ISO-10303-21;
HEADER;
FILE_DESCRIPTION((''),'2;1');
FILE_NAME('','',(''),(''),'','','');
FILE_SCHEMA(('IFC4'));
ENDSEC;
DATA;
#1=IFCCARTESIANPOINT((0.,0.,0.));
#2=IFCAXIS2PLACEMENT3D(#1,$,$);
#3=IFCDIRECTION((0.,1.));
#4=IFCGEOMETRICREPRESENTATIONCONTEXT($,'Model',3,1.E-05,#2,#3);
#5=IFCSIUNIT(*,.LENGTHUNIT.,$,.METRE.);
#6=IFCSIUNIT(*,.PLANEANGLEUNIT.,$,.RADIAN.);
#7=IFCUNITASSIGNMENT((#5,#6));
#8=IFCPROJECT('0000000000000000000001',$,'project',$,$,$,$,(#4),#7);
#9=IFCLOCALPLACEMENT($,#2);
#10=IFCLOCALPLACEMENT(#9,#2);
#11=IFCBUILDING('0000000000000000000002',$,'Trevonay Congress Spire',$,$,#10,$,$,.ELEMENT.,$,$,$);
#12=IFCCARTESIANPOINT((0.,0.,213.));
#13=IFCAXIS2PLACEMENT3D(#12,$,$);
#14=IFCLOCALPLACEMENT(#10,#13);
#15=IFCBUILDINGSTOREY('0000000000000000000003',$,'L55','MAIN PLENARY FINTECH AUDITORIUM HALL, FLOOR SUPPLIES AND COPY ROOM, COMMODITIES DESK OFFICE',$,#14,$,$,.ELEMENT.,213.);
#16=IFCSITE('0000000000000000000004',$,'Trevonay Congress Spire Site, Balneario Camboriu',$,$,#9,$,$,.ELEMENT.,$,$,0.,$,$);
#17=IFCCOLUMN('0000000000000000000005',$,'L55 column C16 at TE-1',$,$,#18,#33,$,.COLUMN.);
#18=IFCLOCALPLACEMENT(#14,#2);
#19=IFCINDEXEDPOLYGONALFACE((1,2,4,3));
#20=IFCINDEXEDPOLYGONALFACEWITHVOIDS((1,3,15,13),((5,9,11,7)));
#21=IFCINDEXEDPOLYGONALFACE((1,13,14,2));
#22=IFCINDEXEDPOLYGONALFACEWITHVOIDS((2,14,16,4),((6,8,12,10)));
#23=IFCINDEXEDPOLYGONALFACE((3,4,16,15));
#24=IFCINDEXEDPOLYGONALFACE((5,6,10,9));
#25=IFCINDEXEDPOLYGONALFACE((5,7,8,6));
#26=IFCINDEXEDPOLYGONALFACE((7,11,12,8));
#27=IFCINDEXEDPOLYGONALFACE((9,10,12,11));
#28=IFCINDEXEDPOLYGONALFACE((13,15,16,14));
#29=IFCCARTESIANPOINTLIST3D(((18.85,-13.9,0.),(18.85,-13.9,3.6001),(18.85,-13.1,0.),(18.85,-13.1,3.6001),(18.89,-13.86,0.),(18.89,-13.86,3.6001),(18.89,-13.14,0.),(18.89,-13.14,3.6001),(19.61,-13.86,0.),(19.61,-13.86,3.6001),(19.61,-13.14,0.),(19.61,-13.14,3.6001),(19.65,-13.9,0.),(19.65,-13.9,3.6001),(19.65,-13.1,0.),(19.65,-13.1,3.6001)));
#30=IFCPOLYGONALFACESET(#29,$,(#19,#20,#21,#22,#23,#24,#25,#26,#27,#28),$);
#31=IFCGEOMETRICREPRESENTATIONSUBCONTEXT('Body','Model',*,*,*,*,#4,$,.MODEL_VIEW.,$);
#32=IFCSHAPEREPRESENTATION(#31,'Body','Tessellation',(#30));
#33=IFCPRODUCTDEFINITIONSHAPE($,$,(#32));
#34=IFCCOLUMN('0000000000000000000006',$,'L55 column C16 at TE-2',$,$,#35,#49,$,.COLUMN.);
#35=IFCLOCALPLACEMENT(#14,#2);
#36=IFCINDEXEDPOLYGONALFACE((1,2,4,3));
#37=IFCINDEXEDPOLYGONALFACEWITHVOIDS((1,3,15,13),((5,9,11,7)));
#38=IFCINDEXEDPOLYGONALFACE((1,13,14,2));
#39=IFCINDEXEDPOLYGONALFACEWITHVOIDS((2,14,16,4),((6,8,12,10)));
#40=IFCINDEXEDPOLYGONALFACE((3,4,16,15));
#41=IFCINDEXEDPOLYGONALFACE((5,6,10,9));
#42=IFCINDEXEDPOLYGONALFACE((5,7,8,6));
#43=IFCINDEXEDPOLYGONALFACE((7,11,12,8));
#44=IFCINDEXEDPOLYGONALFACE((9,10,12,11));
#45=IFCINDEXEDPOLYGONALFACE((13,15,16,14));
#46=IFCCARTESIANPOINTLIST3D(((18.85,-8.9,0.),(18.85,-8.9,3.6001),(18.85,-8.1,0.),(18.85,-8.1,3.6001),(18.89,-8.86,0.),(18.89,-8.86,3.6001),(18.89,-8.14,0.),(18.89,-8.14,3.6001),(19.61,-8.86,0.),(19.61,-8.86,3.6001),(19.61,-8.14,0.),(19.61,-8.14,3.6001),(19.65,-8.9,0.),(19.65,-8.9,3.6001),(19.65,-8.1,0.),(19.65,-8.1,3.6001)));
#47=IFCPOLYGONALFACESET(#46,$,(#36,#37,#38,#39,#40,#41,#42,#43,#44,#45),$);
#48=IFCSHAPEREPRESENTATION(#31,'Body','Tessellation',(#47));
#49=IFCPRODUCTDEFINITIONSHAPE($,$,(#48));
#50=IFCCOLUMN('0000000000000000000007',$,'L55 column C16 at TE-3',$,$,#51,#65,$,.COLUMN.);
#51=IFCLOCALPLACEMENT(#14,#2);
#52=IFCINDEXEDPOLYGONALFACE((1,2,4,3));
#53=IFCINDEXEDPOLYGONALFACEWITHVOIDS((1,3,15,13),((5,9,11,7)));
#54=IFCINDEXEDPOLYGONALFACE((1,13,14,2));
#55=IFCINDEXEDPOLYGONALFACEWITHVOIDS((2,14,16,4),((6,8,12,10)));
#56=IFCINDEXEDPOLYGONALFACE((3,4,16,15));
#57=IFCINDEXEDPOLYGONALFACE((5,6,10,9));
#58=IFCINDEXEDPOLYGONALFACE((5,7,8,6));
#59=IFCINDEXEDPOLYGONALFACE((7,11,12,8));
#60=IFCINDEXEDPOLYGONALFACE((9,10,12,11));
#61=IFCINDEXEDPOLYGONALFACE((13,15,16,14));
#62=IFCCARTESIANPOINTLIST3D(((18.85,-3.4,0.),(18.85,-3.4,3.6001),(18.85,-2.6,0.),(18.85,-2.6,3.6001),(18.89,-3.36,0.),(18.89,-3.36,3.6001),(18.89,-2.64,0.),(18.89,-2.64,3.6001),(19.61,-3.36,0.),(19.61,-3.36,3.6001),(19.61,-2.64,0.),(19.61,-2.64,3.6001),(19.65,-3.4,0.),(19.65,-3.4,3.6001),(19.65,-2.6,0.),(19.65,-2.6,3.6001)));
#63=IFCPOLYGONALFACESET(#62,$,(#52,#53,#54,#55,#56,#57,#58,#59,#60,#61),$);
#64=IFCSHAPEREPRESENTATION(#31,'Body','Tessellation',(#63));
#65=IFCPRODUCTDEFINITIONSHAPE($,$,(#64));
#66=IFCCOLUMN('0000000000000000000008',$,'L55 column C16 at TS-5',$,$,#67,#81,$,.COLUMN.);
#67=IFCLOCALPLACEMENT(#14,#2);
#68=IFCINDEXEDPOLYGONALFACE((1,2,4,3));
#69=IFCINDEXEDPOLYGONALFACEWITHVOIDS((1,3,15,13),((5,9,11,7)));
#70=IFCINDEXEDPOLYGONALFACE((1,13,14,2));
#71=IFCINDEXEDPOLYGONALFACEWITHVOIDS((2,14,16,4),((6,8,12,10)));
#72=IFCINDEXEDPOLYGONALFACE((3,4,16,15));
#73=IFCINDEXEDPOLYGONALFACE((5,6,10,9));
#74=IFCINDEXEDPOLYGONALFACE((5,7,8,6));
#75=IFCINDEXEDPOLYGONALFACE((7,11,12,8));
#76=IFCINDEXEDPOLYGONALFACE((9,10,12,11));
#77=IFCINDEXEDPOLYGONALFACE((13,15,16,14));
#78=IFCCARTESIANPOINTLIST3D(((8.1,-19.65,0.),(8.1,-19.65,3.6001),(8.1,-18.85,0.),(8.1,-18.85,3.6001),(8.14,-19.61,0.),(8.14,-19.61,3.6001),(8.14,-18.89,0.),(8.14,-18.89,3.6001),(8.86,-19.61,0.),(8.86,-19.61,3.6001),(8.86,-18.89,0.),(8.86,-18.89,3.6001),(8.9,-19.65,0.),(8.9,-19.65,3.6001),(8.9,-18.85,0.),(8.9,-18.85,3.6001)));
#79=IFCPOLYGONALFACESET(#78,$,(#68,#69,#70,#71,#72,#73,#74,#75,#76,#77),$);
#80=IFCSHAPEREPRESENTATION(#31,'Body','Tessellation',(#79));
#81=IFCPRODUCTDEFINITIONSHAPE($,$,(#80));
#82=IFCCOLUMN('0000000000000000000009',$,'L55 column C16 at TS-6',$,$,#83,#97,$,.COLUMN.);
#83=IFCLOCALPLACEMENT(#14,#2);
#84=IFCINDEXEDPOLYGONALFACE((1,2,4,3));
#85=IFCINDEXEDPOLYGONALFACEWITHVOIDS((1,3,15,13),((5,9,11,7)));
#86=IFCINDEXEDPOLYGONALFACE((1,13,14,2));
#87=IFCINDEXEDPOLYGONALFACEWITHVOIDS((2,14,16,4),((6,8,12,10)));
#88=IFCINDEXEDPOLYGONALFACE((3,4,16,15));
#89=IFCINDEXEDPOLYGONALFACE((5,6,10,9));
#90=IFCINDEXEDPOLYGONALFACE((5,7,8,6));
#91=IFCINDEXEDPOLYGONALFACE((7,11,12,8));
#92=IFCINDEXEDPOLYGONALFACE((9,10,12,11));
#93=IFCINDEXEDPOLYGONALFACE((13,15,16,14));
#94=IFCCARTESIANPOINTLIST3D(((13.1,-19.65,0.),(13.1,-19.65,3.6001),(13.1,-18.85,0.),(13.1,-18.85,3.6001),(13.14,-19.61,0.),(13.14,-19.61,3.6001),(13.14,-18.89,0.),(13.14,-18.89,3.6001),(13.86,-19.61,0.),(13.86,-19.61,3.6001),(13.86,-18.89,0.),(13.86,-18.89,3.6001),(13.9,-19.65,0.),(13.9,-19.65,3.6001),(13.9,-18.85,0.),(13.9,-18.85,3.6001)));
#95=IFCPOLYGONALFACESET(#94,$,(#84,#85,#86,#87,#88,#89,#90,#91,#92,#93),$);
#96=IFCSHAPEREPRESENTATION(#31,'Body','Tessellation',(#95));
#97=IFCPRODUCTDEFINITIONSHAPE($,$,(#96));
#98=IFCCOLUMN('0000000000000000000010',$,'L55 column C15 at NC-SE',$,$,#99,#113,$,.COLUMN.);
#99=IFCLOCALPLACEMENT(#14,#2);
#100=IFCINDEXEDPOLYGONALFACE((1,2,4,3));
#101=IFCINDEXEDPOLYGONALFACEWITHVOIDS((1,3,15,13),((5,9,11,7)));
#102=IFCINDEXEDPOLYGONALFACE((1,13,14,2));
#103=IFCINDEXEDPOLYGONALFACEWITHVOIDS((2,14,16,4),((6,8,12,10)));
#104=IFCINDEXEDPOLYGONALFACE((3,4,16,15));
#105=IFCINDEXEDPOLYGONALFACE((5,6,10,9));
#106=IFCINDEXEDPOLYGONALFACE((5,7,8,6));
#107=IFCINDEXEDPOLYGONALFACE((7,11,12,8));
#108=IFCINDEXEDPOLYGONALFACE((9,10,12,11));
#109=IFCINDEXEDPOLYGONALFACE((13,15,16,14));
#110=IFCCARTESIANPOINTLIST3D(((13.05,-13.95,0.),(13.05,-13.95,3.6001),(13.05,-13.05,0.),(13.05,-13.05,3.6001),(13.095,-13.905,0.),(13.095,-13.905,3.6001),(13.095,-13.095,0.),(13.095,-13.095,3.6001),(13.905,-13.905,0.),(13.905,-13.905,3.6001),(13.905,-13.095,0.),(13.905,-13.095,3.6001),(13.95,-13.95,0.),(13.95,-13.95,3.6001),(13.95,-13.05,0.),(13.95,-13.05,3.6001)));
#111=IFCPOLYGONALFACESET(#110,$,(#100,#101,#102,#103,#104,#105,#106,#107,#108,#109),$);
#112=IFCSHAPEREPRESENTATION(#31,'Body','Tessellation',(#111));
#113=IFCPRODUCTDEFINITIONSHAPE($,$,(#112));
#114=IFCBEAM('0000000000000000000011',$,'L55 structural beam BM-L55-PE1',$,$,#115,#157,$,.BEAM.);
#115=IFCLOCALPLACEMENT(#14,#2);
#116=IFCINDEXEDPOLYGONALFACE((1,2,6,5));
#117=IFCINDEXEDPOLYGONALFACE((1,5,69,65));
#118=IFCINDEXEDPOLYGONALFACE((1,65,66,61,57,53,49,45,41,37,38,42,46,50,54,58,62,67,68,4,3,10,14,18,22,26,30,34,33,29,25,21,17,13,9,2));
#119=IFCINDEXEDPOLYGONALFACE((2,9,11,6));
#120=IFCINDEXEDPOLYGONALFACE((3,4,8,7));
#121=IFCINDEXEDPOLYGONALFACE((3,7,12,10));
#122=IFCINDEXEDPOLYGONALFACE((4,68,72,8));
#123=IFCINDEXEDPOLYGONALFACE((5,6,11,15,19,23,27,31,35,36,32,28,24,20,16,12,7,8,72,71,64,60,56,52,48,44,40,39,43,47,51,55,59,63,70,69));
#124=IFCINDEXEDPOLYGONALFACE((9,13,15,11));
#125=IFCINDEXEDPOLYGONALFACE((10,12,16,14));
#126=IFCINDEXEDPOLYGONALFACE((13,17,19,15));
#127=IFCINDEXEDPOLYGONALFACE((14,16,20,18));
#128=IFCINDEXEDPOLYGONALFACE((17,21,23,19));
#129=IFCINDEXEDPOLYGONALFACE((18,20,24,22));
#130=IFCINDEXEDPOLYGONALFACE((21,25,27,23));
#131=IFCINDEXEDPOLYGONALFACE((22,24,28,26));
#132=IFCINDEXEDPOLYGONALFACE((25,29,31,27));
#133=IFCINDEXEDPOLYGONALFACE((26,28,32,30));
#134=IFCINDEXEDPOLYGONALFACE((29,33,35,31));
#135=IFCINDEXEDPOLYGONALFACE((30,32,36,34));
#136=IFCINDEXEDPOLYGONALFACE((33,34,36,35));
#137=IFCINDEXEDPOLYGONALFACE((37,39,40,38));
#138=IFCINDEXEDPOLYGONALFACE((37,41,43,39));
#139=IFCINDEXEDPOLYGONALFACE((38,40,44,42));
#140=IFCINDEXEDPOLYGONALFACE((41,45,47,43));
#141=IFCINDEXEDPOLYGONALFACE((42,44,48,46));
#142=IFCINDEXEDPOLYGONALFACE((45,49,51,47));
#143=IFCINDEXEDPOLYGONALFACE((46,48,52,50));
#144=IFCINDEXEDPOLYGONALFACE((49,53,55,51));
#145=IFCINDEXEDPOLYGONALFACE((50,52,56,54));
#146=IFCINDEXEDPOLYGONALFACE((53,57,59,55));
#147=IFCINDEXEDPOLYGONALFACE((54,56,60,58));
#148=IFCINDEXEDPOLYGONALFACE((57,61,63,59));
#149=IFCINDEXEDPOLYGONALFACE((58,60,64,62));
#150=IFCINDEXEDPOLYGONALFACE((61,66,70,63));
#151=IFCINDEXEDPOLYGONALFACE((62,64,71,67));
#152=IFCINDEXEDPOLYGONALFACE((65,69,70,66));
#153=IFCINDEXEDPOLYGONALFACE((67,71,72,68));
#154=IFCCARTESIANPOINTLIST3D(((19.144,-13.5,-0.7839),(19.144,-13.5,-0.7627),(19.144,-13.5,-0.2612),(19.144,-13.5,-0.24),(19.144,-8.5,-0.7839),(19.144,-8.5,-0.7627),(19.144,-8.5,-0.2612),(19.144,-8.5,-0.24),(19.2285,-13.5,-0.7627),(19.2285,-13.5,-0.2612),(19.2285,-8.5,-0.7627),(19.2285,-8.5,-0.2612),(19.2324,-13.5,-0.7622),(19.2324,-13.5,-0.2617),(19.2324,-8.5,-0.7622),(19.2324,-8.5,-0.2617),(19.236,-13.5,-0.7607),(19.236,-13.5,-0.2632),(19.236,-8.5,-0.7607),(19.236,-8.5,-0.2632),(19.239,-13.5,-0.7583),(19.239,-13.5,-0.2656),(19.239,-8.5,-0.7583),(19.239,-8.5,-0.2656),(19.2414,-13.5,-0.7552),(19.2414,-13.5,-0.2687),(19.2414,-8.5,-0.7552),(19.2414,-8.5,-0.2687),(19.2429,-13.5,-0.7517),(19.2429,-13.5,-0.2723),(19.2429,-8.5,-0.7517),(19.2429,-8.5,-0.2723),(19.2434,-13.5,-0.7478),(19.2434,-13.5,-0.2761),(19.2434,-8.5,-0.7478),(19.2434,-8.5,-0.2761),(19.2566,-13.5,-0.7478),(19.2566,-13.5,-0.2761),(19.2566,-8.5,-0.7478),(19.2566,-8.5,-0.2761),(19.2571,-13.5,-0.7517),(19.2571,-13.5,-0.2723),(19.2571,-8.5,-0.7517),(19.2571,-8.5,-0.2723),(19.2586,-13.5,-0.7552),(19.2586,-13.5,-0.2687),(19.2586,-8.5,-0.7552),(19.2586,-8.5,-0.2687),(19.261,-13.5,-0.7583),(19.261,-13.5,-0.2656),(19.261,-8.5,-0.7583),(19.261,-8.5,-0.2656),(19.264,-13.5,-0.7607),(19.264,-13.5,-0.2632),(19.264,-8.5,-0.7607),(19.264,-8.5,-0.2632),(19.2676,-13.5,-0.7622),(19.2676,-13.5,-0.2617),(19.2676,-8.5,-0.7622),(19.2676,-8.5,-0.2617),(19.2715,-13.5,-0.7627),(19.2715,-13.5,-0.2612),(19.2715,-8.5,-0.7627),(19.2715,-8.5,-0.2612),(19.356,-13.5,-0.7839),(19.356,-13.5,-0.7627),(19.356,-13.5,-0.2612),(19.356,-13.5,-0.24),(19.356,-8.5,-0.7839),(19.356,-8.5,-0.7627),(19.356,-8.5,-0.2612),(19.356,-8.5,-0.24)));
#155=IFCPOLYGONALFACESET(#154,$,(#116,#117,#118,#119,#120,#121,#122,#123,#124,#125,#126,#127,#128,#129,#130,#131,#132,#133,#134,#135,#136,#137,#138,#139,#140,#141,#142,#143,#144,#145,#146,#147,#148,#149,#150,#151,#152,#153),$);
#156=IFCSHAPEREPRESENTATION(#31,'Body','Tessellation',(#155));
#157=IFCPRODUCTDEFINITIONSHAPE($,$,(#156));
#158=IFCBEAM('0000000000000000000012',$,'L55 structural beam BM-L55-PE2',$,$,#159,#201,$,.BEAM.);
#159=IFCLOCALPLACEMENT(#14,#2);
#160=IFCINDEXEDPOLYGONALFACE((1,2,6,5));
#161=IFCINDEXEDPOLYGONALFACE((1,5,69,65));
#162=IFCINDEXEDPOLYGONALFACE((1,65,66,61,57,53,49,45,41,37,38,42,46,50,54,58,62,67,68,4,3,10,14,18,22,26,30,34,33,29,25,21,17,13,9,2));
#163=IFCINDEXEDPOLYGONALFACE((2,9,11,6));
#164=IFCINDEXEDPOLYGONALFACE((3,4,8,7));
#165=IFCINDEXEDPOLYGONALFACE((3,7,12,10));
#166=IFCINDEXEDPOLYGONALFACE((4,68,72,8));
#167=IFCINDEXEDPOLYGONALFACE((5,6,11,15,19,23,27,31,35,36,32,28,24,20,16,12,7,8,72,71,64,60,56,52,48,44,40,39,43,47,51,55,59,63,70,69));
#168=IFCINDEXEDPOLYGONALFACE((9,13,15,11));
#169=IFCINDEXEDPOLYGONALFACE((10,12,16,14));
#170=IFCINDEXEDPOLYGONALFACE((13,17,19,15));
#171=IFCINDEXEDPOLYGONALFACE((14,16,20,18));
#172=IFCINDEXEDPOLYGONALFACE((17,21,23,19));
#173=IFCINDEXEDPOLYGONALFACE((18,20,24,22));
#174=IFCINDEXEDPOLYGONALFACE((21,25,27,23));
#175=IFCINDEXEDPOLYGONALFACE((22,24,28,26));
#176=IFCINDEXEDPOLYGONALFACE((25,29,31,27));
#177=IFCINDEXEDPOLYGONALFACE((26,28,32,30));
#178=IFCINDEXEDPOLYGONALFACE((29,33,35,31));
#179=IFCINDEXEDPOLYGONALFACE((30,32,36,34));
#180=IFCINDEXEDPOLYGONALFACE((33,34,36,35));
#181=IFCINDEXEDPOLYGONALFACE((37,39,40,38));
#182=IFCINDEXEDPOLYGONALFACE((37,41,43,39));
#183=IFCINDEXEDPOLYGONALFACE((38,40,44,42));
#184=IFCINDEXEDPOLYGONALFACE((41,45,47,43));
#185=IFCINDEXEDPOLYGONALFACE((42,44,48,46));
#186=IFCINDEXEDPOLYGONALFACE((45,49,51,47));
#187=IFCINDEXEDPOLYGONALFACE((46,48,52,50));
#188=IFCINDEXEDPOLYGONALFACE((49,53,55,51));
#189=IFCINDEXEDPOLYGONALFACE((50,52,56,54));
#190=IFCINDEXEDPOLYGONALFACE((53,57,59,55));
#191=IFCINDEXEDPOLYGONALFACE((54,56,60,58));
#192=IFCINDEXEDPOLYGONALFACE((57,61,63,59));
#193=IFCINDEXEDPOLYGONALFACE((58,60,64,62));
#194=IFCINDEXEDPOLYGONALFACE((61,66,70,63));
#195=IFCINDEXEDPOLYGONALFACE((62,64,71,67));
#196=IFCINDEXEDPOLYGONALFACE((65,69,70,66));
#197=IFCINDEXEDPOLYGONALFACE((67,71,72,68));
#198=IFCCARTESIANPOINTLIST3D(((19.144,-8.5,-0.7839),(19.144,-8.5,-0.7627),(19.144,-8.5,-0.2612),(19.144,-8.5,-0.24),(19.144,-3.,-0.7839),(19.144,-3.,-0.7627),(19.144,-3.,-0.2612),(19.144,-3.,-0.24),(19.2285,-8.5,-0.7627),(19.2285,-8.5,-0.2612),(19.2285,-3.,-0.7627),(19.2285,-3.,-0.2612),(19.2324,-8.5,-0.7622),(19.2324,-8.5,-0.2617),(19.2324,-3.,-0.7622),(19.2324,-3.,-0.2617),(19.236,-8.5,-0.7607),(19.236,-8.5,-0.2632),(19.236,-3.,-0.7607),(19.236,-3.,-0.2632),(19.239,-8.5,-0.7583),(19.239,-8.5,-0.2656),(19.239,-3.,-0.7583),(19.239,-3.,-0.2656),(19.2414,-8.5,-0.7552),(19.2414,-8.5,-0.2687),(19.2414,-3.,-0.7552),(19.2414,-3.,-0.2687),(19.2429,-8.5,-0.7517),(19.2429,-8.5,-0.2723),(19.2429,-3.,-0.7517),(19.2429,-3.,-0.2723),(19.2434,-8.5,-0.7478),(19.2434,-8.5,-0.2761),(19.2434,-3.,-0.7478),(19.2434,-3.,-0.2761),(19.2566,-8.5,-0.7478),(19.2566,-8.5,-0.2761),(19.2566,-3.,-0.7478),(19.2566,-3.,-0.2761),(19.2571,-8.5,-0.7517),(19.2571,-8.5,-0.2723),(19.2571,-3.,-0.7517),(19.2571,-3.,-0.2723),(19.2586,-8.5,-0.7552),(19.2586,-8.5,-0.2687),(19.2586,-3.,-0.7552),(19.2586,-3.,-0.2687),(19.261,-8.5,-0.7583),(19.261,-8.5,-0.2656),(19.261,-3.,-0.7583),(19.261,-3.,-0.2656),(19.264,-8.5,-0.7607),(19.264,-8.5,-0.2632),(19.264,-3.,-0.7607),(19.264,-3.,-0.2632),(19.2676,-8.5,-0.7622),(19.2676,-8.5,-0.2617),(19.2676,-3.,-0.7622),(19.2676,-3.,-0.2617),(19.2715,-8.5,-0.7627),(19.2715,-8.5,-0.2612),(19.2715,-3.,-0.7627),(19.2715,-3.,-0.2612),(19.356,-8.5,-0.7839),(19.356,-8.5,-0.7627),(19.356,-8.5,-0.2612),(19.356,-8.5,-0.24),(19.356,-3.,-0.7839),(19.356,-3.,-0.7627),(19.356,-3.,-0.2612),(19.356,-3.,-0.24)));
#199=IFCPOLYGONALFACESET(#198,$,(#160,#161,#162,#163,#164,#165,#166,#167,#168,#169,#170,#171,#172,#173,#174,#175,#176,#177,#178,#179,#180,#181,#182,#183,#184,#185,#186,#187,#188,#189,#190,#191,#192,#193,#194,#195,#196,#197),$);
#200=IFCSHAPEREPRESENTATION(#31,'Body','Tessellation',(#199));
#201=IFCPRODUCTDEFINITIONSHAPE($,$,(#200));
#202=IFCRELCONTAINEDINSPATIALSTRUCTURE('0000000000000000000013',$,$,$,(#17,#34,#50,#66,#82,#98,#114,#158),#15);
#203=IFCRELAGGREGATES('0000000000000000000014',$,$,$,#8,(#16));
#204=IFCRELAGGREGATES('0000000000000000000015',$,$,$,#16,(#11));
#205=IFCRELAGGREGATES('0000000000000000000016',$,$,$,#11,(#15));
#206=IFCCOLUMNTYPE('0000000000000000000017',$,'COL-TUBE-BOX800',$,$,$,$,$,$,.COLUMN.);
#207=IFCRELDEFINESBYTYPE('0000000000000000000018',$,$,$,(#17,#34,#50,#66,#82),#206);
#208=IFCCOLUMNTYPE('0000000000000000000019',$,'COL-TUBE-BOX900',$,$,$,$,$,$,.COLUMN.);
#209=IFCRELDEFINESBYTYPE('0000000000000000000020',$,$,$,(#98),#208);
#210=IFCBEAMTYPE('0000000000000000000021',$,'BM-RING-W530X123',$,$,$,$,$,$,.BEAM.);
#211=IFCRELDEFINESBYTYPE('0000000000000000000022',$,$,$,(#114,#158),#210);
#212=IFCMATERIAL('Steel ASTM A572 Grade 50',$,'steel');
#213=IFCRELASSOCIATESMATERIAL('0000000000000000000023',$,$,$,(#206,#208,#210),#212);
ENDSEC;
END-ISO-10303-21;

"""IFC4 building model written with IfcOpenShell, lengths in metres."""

from ifc_helpers import new_model, si_unit, direction, frame, origin, origin_2d, place, context, subcontext, project, spatial, hollow_rectangle, i_section, extrude, material, material_profile, profile_set, type_object, element, save


model = new_model("IFC4")

# Units and contexts
model_context = context("Model", 3, precision=1e-05, world=origin(), true_north=direction((0.0, 1.0)))
body_context = subcontext(model_context, "Body", "Model", "MODEL_VIEW")
ifc_project = project(units=[si_unit("LENGTHUNIT", "METRE"), si_unit("PLANEANGLEUNIT", "RADIAN")], contexts=[model_context])

# Site, building, storey
site_placement = place(None, origin())
site = spatial("IfcSite", under=ifc_project, at=site_placement, Name="Trevonay Congress Spire Site, Balneario Camboriu", CompositionType="ELEMENT", RefElevation=0.0)
building_placement = place(site_placement, origin())
building = spatial("IfcBuilding", under=site, at=building_placement, Name="Trevonay Congress Spire", CompositionType="ELEMENT")
storey_placement = place(building_placement, frame((0.0, 0.0, 213.0)))
storey = spatial("IfcBuildingStorey", under=building, at=storey_placement, Name="L55", Description="MAIN PLENARY FINTECH AUDITORIUM HALL, FLOOR SUPPLIES AND COPY ROOM, COMMODITIES DESK OFFICE", CompositionType="ELEMENT", Elevation=213.0)

# Columns
ifc_material_1 = material(Name="Steel ASTM A572 Grade 50", Category="steel")
ifc_material_profile_1 = material_profile(ifc_material_1, hollow_rectangle(XDim=0.8, YDim=0.8, WallThickness=0.04, at=origin_2d()), Name="BOX 800x800x40")
ifc_profile_set_1 = profile_set([ifc_material_profile_1], Name="Steel ASTM A572 Grade 50")
column_type_1 = type_object("IfcColumnType", Name="COL-TUBE-BOX800", PredefinedType="COLUMN", material=ifc_profile_set_1)
for number, where, z_axis, x_axis, name in (
    (1, (19.25, -13.5, 0.0), (0.0, 0.0, 1.0), (1.0, 0.0, 0.0), "L55 column C16 at TE-1"),
    (2, (19.25, -8.5, 0.0), (0.0, 0.0, 1.0), (1.0, 0.0, 0.0), "L55 column C16 at TE-2"),
    (3, (19.25, -3.0, 0.0), (0.0, 0.0, 1.0), (1.0, 0.0, 0.0), "L55 column C16 at TE-3"),
    (4, (8.5, -19.25, 0.0), (0.0, 0.0, 1.0), (1.0, 0.0, 0.0), "L55 column C16 at TS-5"),
    (5, (13.5, -19.25, 0.0), (0.0, 0.0, 1.0), (1.0, 0.0, 0.0), "L55 column C16 at TS-6"),
):
    element("IfcColumn", number, at=place(storey_placement, frame(where, z_axis=z_axis, x_axis=x_axis)), inside=storey, type_object=column_type_1, Name=name, PredefinedType="COLUMN", context=body_context, shape_type="SweptSolid", body=[
        extrude(hollow_rectangle(XDim=0.8, YDim=0.8, WallThickness=0.04, at=origin_2d()), origin(), (0.0, 0.0, 1.0), 3.6001),
    ])
ifc_material_profile_2 = material_profile(ifc_material_1, hollow_rectangle(XDim=0.8999, YDim=0.8999, WallThickness=0.0449, at=origin_2d()), Name="BOX 900x900x45")
ifc_profile_set_2 = profile_set([ifc_material_profile_2], Name="Steel ASTM A572 Grade 50")
column_type_2 = type_object("IfcColumnType", Name="COL-TUBE-BOX900", PredefinedType="COLUMN", material=ifc_profile_set_2)
column_placement = place(storey_placement, frame((13.5, -13.5, 0.0), z_axis=(0.0, 0.0, 1.0), x_axis=(1.0, 0.0, 0.0)))
element("IfcColumn", 6, at=column_placement, inside=storey, type_object=column_type_2, Name="L55 column C15 at NC-SE", PredefinedType="COLUMN", context=body_context, shape_type="SweptSolid", body=[
    extrude(hollow_rectangle(XDim=0.8999, YDim=0.8999, WallThickness=0.0449, at=origin_2d()), origin(), (0.0, 0.0, 1.0), 3.6001),
])

# Beams
ifc_material_profile_3 = material_profile(ifc_material_1, i_section(OverallWidth=0.2119, OverallDepth=0.5439, WebThickness=0.0132, FlangeThickness=0.0212, FilletRadius=0.0149, at=origin_2d()), Name="W530x123")
ifc_profile_set_3 = profile_set([ifc_material_profile_3], Name="Steel ASTM A572 Grade 50")
beam_type_1 = type_object("IfcBeamType", Name="BM-RING-W530X123", PredefinedType="BEAM", material=ifc_profile_set_3)
beam_1_placement = place(storey_placement, frame((19.25, -13.5, -0.512), z_axis=(0.0, 1.0, 0.0), x_axis=(-1.0, 0.0, 0.0)))
element("IfcBeam", 7, at=beam_1_placement, inside=storey, type_object=beam_type_1, Name="L55 structural beam BM-L55-PE1", PredefinedType="BEAM", context=body_context, shape_type="SweptSolid", body=[
    extrude(i_section(OverallWidth=0.2119, OverallDepth=0.5439, WebThickness=0.0132, FlangeThickness=0.0212, FilletRadius=0.0149, at=origin_2d()), origin(), (0.0, 0.0, 1.0), 5.0),
])
beam_2_placement = place(storey_placement, frame((19.25, -8.5, -0.512), z_axis=(0.0, 1.0, 0.0), x_axis=(-1.0, 0.0, 0.0)))
element("IfcBeam", 8, at=beam_2_placement, inside=storey, type_object=beam_type_1, Name="L55 structural beam BM-L55-PE2", PredefinedType="BEAM", context=body_context, shape_type="SweptSolid", body=[
    extrude(i_section(OverallWidth=0.2119, OverallDepth=0.5439, WebThickness=0.0132, FlangeThickness=0.0212, FilletRadius=0.0149, at=origin_2d()), origin(), (0.0, 0.0, 1.0), 5.5),
])

save(model, "model.ifc")
